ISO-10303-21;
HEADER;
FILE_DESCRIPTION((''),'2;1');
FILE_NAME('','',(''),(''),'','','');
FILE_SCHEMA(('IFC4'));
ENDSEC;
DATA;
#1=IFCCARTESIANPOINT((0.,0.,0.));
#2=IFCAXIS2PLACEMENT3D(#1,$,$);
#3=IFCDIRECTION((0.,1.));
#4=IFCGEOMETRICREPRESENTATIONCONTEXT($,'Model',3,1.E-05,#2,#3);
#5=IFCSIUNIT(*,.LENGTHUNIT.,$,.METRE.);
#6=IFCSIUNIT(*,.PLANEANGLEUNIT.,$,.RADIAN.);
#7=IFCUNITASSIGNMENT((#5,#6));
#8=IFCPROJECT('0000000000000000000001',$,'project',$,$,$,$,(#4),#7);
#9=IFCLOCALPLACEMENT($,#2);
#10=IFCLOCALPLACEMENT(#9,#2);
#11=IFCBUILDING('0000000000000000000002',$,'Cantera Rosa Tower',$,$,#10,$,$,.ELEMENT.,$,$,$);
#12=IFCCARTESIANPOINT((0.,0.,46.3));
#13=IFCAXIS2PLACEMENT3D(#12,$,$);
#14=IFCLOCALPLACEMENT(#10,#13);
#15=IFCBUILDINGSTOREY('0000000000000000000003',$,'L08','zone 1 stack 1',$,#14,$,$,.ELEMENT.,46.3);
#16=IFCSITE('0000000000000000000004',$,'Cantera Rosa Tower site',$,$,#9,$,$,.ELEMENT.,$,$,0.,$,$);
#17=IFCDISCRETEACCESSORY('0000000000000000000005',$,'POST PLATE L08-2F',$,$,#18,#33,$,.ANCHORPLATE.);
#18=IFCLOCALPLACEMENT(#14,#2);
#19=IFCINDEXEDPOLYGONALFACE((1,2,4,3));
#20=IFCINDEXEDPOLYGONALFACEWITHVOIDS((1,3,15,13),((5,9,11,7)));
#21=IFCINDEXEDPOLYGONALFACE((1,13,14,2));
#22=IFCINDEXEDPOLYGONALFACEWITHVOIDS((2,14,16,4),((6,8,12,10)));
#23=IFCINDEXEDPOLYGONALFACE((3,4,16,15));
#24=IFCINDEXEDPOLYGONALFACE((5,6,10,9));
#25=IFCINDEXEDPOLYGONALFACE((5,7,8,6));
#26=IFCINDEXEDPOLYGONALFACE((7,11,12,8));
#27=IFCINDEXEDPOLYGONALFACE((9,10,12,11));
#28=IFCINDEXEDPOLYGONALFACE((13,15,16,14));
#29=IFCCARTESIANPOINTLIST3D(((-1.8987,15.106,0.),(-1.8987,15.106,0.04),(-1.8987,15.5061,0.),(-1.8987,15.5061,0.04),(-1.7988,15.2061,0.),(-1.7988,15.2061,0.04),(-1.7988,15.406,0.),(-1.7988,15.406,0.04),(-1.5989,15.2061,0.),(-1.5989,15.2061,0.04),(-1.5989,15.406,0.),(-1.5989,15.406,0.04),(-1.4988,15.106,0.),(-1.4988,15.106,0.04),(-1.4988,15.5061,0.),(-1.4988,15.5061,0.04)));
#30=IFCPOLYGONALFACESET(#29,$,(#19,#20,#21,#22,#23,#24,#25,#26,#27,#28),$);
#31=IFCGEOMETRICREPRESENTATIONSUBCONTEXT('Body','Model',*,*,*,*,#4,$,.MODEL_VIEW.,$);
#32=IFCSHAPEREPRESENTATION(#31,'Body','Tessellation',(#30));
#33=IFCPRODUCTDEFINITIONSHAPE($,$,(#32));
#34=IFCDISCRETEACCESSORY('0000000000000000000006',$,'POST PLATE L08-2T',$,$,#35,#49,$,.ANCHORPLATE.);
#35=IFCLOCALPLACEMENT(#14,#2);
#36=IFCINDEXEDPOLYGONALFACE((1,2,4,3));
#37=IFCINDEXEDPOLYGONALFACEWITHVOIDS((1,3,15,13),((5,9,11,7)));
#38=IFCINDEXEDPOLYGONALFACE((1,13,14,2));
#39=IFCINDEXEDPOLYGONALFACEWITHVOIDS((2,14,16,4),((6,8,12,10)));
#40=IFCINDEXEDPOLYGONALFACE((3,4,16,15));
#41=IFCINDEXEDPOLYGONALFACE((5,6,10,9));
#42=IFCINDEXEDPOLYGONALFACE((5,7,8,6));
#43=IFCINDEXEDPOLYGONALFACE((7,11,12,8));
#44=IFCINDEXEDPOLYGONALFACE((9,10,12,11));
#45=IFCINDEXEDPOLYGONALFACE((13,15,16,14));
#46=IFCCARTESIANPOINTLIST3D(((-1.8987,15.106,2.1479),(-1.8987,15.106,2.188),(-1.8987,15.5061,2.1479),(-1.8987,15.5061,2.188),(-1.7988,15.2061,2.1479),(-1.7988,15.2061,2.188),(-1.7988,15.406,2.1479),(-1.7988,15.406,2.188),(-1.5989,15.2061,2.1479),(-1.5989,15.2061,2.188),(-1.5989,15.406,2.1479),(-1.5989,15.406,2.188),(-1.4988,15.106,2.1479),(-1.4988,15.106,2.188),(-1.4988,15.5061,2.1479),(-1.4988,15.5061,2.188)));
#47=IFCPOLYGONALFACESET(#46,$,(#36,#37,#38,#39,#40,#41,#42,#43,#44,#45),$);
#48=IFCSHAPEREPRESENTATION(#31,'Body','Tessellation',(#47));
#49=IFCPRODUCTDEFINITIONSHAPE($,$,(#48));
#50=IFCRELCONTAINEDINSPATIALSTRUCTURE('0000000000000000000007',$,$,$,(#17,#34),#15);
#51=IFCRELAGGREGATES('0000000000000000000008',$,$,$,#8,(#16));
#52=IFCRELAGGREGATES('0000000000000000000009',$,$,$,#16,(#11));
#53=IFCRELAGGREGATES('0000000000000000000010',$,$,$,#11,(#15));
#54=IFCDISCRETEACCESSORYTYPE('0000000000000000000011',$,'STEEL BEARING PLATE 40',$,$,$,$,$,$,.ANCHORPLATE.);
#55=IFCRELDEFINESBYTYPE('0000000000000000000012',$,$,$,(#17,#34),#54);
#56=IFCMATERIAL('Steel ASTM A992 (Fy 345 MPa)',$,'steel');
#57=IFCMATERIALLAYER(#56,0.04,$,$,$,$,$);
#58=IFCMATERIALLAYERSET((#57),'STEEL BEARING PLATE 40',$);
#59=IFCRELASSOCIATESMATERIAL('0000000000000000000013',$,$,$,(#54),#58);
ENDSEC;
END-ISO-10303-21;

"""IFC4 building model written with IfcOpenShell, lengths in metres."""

from ifc_helpers import new_model, si_unit, direction, frame, origin, place, context, subcontext, project, spatial, polyline, outline, extrude, material, layer, layer_set, type_object, element, save


model = new_model("IFC4")

# Units and contexts
model_context = context("Model", 3, precision=1e-05, world=origin(), true_north=direction((0.0, 1.0)))
body_context = subcontext(model_context, "Body", "Model", "MODEL_VIEW")
ifc_project = project(units=[si_unit("LENGTHUNIT", "METRE"), si_unit("PLANEANGLEUNIT", "RADIAN")], contexts=[model_context])

# Site, building, storey
site_placement = place(None, origin())
site = spatial("IfcSite", under=ifc_project, at=site_placement, Name="Cantera Rosa Tower site", CompositionType="ELEMENT", RefElevation=0.0)
building_placement = place(site_placement, origin())
building = spatial("IfcBuilding", under=site, at=building_placement, Name="Cantera Rosa Tower", CompositionType="ELEMENT")
storey_placement = place(building_placement, frame((0.0, 0.0, 46.3)))
storey = spatial("IfcBuildingStorey", under=building, at=storey_placement, Name="L08", Description="zone 1 stack 1", CompositionType="ELEMENT", Elevation=46.3)

# Discrete accessories
ifc_material_1 = material(Name="Steel ASTM A992 (Fy 345 MPa)", Category="steel")
ifc_layer_1 = layer(ifc_material_1, 0.04)
ifc_layer_set_1 = layer_set([ifc_layer_1], Name="STEEL BEARING PLATE 40")
discrete_accessory_type = type_object("IfcDiscreteAccessoryType", Name="STEEL BEARING PLATE 40", PredefinedType="ANCHORPLATE", material=ifc_layer_set_1)
for number, where, name in (
    (1, (0.0, 0.0, 0.0), "POST PLATE L08-2F"),
    (2, (0.0, 0.0, 2.1479), "POST PLATE L08-2T"),
):
    element("IfcDiscreteAccessory", number, at=place(storey_placement, frame(where)), inside=storey, type_object=discrete_accessory_type, Name=name, PredefinedType="ANCHORPLATE", context=body_context, shape_type="SweptSolid", body=[
        extrude(outline(polyline([(-1.8987, 15.106), (-1.4988, 15.106), (-1.4988, 15.5061), (-1.8987, 15.5061), (-1.8987, 15.106)]), holes=[polyline([(-1.7988, 15.2061), (-1.5989, 15.2061), (-1.5989, 15.406), (-1.7988, 15.406), (-1.7988, 15.2061)])]), origin(), (0.0, 0.0, 1.0), 0.04),
    ])

save(model, "model.ifc")
